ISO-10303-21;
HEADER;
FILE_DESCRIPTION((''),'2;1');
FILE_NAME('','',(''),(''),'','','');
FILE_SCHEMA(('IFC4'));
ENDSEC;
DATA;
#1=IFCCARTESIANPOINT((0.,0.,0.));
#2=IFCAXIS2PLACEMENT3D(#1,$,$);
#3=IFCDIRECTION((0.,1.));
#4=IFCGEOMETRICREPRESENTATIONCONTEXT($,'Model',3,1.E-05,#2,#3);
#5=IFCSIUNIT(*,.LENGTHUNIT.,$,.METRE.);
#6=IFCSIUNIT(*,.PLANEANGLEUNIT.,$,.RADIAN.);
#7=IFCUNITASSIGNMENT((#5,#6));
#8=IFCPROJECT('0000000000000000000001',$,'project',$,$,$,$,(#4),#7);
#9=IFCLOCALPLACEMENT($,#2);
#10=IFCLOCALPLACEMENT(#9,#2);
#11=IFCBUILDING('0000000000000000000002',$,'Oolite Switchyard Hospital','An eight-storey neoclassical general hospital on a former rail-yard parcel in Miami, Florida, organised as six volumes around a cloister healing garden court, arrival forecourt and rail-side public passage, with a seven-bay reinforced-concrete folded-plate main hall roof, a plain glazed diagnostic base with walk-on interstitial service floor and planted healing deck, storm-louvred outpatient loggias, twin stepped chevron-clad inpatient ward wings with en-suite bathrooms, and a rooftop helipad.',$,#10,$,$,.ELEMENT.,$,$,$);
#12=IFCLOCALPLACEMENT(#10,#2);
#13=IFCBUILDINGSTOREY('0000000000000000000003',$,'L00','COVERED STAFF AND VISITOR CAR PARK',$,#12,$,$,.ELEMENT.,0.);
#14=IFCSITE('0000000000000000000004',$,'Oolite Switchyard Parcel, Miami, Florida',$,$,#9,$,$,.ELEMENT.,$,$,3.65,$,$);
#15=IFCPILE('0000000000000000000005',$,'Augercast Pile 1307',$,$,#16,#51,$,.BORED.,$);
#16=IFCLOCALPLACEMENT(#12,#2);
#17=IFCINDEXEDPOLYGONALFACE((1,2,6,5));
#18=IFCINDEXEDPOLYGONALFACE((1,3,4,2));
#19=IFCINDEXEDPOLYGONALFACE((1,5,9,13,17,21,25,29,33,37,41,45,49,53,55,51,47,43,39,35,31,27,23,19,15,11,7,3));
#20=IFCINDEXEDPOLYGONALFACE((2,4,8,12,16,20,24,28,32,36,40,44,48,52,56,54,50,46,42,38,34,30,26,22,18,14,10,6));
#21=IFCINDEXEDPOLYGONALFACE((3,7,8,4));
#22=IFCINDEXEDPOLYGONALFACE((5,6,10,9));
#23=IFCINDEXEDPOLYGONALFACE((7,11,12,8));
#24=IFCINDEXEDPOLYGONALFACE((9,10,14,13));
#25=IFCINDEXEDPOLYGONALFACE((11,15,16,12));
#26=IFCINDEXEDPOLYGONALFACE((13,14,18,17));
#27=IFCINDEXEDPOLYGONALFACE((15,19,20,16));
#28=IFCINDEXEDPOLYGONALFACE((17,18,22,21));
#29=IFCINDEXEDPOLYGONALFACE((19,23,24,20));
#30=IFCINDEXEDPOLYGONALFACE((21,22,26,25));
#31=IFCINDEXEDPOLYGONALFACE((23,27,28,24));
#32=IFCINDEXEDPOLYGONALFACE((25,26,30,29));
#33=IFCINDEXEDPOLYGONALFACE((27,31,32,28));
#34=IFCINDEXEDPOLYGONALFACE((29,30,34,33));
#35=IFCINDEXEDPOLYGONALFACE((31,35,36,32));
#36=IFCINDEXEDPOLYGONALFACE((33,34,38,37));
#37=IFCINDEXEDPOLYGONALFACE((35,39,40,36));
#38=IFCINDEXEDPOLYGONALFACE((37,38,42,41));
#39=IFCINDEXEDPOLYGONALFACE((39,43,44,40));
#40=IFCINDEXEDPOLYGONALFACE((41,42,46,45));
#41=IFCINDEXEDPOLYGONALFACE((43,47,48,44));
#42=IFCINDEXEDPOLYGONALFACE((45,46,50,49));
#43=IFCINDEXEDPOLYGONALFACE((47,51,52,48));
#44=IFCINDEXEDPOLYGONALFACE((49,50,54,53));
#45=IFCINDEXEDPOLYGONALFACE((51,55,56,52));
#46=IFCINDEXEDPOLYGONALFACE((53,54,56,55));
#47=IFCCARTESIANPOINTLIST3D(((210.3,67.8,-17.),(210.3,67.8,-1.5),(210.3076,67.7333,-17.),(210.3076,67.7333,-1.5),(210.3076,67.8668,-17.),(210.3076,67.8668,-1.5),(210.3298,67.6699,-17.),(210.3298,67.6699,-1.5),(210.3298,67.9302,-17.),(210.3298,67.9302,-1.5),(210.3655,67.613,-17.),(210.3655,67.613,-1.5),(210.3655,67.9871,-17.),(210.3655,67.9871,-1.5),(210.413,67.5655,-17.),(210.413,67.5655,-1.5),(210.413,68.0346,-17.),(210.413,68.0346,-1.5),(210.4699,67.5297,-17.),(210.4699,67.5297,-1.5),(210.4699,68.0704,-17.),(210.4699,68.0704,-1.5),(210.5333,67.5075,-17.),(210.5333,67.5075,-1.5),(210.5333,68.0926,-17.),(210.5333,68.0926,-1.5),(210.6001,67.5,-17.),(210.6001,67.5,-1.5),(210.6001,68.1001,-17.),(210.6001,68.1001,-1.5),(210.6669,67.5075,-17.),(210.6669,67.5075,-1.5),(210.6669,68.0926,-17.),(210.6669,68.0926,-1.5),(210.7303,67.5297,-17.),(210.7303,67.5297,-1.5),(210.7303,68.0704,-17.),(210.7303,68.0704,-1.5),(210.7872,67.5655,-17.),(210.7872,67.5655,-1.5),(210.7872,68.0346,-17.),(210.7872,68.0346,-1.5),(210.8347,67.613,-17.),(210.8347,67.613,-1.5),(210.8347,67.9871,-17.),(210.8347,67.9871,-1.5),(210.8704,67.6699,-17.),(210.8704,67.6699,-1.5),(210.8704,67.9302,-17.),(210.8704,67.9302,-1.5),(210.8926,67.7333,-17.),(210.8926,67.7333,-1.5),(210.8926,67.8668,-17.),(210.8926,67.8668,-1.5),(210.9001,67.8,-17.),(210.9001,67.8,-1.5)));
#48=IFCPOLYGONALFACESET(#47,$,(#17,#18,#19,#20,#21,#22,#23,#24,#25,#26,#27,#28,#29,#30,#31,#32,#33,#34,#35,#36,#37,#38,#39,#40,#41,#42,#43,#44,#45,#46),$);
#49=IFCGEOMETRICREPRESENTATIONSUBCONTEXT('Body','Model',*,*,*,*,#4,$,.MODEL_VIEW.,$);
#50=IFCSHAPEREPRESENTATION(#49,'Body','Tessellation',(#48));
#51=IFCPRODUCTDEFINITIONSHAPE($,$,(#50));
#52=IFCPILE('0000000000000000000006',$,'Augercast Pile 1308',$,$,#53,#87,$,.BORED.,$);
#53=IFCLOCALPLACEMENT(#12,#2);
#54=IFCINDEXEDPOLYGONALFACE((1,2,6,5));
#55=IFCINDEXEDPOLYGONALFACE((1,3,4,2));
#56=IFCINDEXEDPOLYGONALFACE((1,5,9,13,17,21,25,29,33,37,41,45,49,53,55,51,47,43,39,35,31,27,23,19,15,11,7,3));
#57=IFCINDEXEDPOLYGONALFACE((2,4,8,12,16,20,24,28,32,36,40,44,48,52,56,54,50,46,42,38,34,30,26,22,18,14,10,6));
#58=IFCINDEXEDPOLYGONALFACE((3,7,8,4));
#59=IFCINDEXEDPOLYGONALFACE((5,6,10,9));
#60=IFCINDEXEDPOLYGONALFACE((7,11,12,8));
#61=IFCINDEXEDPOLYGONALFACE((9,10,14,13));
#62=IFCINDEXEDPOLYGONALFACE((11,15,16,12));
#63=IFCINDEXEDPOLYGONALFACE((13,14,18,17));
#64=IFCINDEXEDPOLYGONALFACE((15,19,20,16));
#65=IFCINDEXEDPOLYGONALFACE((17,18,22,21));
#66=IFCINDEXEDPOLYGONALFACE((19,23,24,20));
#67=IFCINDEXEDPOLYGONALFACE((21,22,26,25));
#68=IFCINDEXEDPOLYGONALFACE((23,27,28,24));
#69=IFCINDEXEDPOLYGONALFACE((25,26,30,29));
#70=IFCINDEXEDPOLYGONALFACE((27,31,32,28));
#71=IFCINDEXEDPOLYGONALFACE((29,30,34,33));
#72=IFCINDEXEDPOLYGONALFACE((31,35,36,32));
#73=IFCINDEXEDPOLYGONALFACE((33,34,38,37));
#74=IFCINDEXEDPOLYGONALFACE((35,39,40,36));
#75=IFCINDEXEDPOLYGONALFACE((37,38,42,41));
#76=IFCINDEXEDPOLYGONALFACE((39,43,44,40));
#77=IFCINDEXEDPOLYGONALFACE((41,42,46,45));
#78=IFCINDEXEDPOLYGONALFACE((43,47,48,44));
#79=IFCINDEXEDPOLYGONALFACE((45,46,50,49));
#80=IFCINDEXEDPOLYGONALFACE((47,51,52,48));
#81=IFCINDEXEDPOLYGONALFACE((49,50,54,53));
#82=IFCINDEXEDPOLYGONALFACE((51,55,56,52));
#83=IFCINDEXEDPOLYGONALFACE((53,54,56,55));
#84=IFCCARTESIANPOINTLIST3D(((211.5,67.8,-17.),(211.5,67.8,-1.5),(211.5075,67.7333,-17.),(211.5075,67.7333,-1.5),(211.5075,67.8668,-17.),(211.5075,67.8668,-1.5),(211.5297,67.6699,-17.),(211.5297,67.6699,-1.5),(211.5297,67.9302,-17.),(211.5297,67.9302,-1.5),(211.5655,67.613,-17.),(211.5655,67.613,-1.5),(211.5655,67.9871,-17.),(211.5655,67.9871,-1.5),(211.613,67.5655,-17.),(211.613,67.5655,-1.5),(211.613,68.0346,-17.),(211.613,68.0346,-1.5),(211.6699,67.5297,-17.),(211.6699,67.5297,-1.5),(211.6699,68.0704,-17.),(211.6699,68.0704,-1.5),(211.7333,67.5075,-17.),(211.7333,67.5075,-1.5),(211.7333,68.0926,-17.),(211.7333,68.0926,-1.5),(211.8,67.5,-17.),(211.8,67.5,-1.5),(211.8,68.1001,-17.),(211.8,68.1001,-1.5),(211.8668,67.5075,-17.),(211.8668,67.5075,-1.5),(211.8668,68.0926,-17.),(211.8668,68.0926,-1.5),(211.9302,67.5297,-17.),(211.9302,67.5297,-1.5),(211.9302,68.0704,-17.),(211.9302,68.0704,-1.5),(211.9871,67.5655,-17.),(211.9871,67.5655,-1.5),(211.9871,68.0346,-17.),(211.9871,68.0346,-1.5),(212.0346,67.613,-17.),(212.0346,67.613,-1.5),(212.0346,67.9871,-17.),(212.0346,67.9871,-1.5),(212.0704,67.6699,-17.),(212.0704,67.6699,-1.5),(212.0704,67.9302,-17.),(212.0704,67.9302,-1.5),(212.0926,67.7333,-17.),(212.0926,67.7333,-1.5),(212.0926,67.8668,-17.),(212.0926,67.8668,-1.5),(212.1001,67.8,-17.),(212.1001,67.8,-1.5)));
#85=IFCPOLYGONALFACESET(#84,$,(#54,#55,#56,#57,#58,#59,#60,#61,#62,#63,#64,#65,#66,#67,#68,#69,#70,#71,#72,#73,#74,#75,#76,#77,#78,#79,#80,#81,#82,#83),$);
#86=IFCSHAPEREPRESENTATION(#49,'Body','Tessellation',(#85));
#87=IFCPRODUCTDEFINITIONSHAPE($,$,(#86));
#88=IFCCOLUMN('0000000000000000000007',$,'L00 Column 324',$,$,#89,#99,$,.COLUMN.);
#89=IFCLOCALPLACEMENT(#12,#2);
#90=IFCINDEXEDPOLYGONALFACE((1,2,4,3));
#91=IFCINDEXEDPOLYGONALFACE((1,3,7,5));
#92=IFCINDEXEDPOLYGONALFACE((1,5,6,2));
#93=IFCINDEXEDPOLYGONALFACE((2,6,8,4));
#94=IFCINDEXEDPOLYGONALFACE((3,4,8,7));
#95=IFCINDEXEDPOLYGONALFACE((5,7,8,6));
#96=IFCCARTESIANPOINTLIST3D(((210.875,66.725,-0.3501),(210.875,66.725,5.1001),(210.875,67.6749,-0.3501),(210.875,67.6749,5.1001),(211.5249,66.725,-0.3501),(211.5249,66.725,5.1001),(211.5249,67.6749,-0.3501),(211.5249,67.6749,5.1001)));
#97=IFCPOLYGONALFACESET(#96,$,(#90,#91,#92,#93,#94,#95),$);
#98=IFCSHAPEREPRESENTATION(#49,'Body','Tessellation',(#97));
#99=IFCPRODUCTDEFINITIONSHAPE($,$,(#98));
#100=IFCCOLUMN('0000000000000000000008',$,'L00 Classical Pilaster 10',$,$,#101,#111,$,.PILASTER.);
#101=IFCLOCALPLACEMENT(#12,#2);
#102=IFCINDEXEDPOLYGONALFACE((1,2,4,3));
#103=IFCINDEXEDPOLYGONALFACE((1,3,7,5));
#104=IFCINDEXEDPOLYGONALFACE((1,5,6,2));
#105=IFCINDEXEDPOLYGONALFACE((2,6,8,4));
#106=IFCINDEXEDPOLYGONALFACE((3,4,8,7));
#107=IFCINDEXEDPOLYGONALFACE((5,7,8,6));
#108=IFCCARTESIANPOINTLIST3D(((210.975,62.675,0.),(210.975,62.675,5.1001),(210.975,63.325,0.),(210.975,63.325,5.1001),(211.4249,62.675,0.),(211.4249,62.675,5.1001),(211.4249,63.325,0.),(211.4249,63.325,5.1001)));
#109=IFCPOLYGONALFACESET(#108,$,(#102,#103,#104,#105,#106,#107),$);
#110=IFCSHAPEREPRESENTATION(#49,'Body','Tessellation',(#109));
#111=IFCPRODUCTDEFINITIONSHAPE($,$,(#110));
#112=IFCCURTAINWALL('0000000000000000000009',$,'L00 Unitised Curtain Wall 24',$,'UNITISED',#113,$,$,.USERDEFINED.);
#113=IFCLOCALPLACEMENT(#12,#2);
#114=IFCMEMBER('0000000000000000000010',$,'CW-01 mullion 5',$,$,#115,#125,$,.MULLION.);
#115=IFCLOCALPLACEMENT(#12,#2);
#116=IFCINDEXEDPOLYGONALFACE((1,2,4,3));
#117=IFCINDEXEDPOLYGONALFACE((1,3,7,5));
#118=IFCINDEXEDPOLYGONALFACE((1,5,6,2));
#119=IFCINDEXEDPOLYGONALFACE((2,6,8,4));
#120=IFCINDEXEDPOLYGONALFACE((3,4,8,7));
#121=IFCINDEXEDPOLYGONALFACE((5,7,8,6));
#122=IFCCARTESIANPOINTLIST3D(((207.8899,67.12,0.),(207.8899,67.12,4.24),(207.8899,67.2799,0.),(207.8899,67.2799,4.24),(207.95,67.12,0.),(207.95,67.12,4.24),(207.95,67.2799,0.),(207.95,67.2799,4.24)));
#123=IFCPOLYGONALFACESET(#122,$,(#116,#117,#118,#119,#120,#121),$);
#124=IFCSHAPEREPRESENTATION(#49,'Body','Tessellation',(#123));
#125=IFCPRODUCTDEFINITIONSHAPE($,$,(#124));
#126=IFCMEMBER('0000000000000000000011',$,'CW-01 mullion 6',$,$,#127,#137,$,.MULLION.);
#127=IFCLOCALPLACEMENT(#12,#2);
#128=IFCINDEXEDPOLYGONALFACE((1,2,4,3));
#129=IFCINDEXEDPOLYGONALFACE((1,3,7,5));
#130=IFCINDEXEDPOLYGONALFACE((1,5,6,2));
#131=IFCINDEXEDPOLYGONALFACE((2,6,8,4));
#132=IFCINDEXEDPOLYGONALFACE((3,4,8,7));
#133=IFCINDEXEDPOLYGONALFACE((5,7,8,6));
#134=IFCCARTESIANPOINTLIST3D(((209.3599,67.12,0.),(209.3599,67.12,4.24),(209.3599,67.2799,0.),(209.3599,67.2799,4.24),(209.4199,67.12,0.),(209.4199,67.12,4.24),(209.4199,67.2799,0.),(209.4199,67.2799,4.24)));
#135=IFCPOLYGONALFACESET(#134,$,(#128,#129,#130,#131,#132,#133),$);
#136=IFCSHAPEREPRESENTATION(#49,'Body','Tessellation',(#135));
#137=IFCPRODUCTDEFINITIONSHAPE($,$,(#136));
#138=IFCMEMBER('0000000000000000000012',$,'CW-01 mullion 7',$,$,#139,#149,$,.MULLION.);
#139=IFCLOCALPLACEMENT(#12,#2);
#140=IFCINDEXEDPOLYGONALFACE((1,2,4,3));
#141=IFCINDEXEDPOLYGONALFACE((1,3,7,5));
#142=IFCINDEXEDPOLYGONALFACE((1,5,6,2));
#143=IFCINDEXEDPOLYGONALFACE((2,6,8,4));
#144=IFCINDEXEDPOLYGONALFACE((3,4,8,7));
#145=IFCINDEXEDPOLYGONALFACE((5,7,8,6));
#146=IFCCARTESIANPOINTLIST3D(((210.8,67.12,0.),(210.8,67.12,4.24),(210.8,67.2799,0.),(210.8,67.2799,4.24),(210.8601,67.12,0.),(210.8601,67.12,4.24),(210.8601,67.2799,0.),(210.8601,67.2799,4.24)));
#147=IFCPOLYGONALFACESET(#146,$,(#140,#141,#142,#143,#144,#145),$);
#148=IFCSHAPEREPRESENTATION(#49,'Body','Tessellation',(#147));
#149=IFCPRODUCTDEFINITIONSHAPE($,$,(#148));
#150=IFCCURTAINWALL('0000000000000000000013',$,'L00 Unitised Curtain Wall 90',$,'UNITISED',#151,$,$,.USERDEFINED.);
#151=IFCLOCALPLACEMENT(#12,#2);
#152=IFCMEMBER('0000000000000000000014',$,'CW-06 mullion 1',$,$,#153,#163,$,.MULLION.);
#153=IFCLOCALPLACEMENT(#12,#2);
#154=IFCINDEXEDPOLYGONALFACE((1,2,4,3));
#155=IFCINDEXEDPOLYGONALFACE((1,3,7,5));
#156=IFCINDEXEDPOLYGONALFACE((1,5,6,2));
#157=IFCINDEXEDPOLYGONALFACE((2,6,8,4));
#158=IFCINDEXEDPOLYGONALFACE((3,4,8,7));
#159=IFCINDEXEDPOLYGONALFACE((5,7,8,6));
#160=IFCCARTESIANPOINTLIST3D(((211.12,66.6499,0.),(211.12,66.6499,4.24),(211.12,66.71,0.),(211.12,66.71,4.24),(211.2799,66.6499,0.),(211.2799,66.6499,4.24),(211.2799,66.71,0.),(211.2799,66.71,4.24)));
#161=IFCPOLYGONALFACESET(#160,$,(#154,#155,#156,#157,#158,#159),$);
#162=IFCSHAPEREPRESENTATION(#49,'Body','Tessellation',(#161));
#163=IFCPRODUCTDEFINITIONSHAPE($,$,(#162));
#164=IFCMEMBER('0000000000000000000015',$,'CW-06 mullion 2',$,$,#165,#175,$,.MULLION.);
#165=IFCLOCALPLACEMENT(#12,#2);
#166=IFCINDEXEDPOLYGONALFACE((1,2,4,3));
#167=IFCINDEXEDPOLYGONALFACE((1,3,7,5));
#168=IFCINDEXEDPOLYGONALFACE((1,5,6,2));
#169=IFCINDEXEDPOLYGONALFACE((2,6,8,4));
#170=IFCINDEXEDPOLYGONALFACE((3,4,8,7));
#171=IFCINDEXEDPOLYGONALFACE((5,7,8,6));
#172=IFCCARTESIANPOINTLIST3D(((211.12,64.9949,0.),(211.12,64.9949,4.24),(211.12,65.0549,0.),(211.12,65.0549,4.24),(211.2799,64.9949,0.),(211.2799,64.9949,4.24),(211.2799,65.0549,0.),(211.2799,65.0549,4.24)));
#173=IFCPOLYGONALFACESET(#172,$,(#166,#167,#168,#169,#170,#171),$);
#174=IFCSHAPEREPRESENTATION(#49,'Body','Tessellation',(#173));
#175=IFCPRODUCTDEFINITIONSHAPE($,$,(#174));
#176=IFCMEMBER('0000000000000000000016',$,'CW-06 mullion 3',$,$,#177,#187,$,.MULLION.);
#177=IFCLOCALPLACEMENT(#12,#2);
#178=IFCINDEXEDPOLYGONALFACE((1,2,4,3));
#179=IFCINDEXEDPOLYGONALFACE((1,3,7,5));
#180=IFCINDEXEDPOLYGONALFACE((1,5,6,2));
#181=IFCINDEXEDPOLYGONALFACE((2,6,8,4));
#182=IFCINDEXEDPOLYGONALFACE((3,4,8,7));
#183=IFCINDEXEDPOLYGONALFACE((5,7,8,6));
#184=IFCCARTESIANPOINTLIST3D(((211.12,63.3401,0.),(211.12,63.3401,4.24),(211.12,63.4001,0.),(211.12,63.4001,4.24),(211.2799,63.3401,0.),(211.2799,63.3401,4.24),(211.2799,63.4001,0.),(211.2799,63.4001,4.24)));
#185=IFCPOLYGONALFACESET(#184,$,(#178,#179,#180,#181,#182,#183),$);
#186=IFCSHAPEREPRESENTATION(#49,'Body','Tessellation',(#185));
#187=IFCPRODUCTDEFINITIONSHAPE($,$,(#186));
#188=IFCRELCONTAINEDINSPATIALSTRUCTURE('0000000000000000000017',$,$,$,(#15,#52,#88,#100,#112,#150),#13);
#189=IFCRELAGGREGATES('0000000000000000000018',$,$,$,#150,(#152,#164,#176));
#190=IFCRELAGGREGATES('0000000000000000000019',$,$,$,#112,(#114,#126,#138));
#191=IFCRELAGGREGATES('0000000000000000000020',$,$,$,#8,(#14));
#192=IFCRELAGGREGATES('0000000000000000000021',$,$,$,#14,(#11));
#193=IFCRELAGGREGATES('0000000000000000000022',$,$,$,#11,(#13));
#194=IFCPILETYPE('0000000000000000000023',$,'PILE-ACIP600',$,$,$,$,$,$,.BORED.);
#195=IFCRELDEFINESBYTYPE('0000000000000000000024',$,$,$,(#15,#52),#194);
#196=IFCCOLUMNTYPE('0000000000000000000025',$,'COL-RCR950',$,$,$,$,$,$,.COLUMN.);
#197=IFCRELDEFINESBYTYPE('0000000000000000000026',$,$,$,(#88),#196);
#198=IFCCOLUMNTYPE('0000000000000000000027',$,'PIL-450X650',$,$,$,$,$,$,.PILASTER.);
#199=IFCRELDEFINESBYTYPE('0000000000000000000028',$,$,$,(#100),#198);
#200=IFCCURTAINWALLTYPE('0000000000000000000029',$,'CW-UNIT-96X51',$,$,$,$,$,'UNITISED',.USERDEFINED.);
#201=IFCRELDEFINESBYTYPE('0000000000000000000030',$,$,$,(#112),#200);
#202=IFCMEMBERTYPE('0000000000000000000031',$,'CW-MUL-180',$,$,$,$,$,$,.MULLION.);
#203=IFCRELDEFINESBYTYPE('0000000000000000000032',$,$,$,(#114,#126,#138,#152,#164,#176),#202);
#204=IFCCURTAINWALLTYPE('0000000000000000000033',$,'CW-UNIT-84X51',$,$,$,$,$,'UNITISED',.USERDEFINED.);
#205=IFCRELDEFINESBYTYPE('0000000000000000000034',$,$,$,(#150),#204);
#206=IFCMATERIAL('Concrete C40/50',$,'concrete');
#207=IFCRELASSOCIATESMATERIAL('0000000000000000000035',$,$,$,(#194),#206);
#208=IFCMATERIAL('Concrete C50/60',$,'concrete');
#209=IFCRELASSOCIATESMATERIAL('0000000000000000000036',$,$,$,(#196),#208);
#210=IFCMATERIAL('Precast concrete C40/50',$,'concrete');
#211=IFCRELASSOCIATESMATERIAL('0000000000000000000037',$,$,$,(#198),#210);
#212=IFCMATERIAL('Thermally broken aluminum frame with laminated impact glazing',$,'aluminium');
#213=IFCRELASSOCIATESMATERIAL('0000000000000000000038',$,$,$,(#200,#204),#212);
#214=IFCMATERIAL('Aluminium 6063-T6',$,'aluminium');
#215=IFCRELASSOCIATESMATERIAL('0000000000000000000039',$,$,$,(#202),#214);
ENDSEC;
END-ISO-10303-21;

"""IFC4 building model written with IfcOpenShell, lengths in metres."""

from ifc_helpers import new_model, si_unit, direction, frame, origin, origin_2d, place, context, subcontext, project, spatial, rectangle, circle, extrude, material, material_profile, profile_set, type_object, element, aggregate, save


model = new_model("IFC4")

# Units and contexts
model_context = context("Model", 3, precision=1e-05, world=origin(), true_north=direction((0.0, 1.0)))
body_context = subcontext(model_context, "Body", "Model", "MODEL_VIEW")
ifc_project = project(units=[si_unit("LENGTHUNIT", "METRE"), si_unit("PLANEANGLEUNIT", "RADIAN")], contexts=[model_context])

# Site, building, storey
site_placement = place(None, origin())
site = spatial("IfcSite", under=ifc_project, at=site_placement, Name="Oolite Switchyard Parcel, Miami, Florida", CompositionType="ELEMENT", RefElevation=3.65)
building_placement = place(site_placement, origin())
building = spatial("IfcBuilding", under=site, at=building_placement, Name="Oolite Switchyard Hospital", Description="An eight-storey neoclassical general hospital on a former rail-yard parcel in Miami, Florida, organised as six volumes around a cloister healing garden court, arrival forecourt and rail-side public passage, with a seven-bay reinforced-concrete folded-plate main hall roof, a plain glazed diagnostic base with walk-on interstitial service floor and planted healing deck, storm-louvred outpatient loggias, twin stepped chevron-clad inpatient ward wings with en-suite bathrooms, and a rooftop helipad.", CompositionType="ELEMENT")
storey_placement = place(building_placement, origin())
storey = spatial("IfcBuildingStorey", under=building, at=storey_placement, Name="L00", Description="COVERED STAFF AND VISITOR CAR PARK", CompositionType="ELEMENT", Elevation=0.0)

# Shared definitions
ifc_material_1 = material(Name="Concrete C40/50", Category="concrete")

# Piles
ifc_material_profile_1 = material_profile(ifc_material_1, circle(Radius=0.3, at=origin_2d()), Name="PILE600")
ifc_profile_set_1 = profile_set([ifc_material_profile_1], Name="Concrete C40/50")
pile_type = type_object("IfcPileType", Name="PILE-ACIP600", PredefinedType="BORED", material=ifc_profile_set_1)
for number, where, z_axis, x_axis, name in (
    (1, (210.6001, 67.8, -1.5), (0.0, 0.0, -1.0), (1.0, 0.0, 0.0), "Augercast Pile 1307"),
    (2, (211.8, 67.8, -1.5), (0.0, 0.0, -1.0), (1.0, 0.0, 0.0), "Augercast Pile 1308"),
):
    element("IfcPile", number, at=place(storey_placement, frame(where, z_axis=z_axis, x_axis=x_axis)), inside=storey, type_object=pile_type, Name=name, PredefinedType="BORED", context=body_context, shape_type="SweptSolid", body=[
        extrude(circle(Radius=0.3, at=origin_2d()), origin(), (0.0, 0.0, 1.0), 15.5),
    ])

# Columns
ifc_material_2 = material(Name="Concrete C50/60", Category="concrete")
ifc_material_profile_2 = material_profile(ifc_material_2, rectangle(XDim=0.95, YDim=0.6499, at=origin_2d()), Name="RC950X650")
ifc_profile_set_2 = profile_set([ifc_material_profile_2], Name="Concrete C50/60")
column_type_1 = type_object("IfcColumnType", Name="COL-RCR950", PredefinedType="COLUMN", material=ifc_profile_set_2)
column_1_placement = place(storey_placement, frame((211.2, 67.2, -0.3501), z_axis=(0.0, 0.0, 1.0), x_axis=(0.0, 1.0, 0.0)))
element("IfcColumn", 3, at=column_1_placement, inside=storey, type_object=column_type_1, Name="L00 Column 324", PredefinedType="COLUMN", context=body_context, shape_type="SweptSolid", body=[
    extrude(rectangle(XDim=0.95, YDim=0.6499, at=origin_2d()), origin(), (0.0, 0.0, 1.0), 5.4502),
])
ifc_material_3 = material(Name="Precast concrete C40/50", Category="concrete")
ifc_material_profile_3 = material_profile(ifc_material_3, rectangle(XDim=0.45, YDim=0.6499, at=origin_2d()), Name="PIL450X650")
ifc_profile_set_3 = profile_set([ifc_material_profile_3], Name="Precast concrete C40/50")
column_type_2 = type_object("IfcColumnType", Name="PIL-450X650", PredefinedType="PILASTER", material=ifc_profile_set_3)
column_2_placement = place(storey_placement, frame((211.2, 63.0, 0.0), z_axis=(0.0, 0.0, 1.0), x_axis=(1.0, 0.0, 0.0)))
element("IfcColumn", 4, at=column_2_placement, inside=storey, type_object=column_type_2, Name="L00 Classical Pilaster 10", PredefinedType="PILASTER", context=body_context, shape_type="SweptSolid", body=[
    extrude(rectangle(XDim=0.45, YDim=0.6499, at=origin_2d()), origin(), (0.0, 0.0, 1.0), 5.1001),
])

# Curtain walls, members
ifc_material_4 = material(Name="Thermally broken aluminum frame with laminated impact glazing", Category="aluminium")
curtain_wall_type_1 = type_object("IfcCurtainWallType", Name="CW-UNIT-96X51", ElementType="UNITISED", PredefinedType="USERDEFINED", material=ifc_material_4)
curtain_wall_1_placement = place(storey_placement, origin())
curtain_wall_1 = element("IfcCurtainWall", 5, at=curtain_wall_1_placement, inside=storey, type_object=curtain_wall_type_1, Name="L00 Unitised Curtain Wall 24", ObjectType="UNITISED", PredefinedType="USERDEFINED")
ifc_material_5 = material(Name="Aluminium 6063-T6", Category="aluminium")
ifc_material_profile_4 = material_profile(ifc_material_5, rectangle(XDim=0.1599, YDim=0.0601, at=origin_2d()), Name="CWM60X160")
ifc_profile_set_4 = profile_set([ifc_material_profile_4], Name="Aluminium 6063-T6")
member_type_1 = type_object("IfcMemberType", Name="CW-MUL-180", PredefinedType="MULLION", material=ifc_profile_set_4)
member_1_placement = place(storey_placement, frame((207.9199, 67.2, 0.0), z_axis=(0.0, 0.0, 1.0), x_axis=(0.0, 1.0, 0.0)))
member_1 = element("IfcMember", 6, at=member_1_placement, type_object=member_type_1, Name="CW-01 mullion 5", PredefinedType="MULLION", context=body_context, shape_type="SweptSolid", body=[
    extrude(rectangle(XDim=0.1599, YDim=0.0601, at=origin_2d()), origin(), (0.0, 0.0, 1.0), 4.24),
])
member_2_placement = place(storey_placement, frame((209.3899, 67.2, 0.0), z_axis=(0.0, 0.0, 1.0), x_axis=(0.0, 1.0, 0.0)))
member_2 = element("IfcMember", 7, at=member_2_placement, type_object=member_type_1, Name="CW-01 mullion 6", PredefinedType="MULLION", context=body_context, shape_type="SweptSolid", body=[
    extrude(rectangle(XDim=0.1599, YDim=0.0601, at=origin_2d()), origin(), (0.0, 0.0, 1.0), 4.24),
])
member_3_placement = place(storey_placement, frame((210.8301, 67.2, 0.0), z_axis=(0.0, 0.0, 1.0), x_axis=(0.0, 1.0, 0.0)))
member_3 = element("IfcMember", 8, at=member_3_placement, type_object=member_type_1, Name="CW-01 mullion 7", PredefinedType="MULLION", context=body_context, shape_type="SweptSolid", body=[
    extrude(rectangle(XDim=0.1599, YDim=0.0601, at=origin_2d()), origin(), (0.0, 0.0, 1.0), 4.24),
])
curtain_wall_type_2 = type_object("IfcCurtainWallType", Name="CW-UNIT-84X51", ElementType="UNITISED", PredefinedType="USERDEFINED", material=ifc_material_4)
curtain_wall_2_placement = place(storey_placement, origin())
curtain_wall_2 = element("IfcCurtainWall", 9, at=curtain_wall_2_placement, inside=storey, type_object=curtain_wall_type_2, Name="L00 Unitised Curtain Wall 90", ObjectType="UNITISED", PredefinedType="USERDEFINED")
member_4_placement = place(storey_placement, frame((211.2, 66.6799, 0.0), z_axis=(0.0, 0.0, 1.0), x_axis=(1.0, 0.0, 0.0)))
member_4 = element("IfcMember", 10, at=member_4_placement, type_object=member_type_1, Name="CW-06 mullion 1", PredefinedType="MULLION", context=body_context, shape_type="SweptSolid", body=[
    extrude(rectangle(XDim=0.1599, YDim=0.0601, at=origin_2d()), origin(), (0.0, 0.0, 1.0), 4.24),
])
member_5_placement = place(storey_placement, frame((211.2, 65.0249, 0.0), z_axis=(0.0, 0.0, 1.0), x_axis=(1.0, 0.0, 0.0)))
member_5 = element("IfcMember", 11, at=member_5_placement, type_object=member_type_1, Name="CW-06 mullion 2", PredefinedType="MULLION", context=body_context, shape_type="SweptSolid", body=[
    extrude(rectangle(XDim=0.1599, YDim=0.0601, at=origin_2d()), origin(), (0.0, 0.0, 1.0), 4.24),
])
member_6_placement = place(storey_placement, frame((211.2, 63.3701, 0.0), z_axis=(0.0, 0.0, 1.0), x_axis=(1.0, 0.0, 0.0)))
member_6 = element("IfcMember", 12, at=member_6_placement, type_object=member_type_1, Name="CW-06 mullion 3", PredefinedType="MULLION", context=body_context, shape_type="SweptSolid", body=[
    extrude(rectangle(XDim=0.1599, YDim=0.0601, at=origin_2d()), origin(), (0.0, 0.0, 1.0), 4.24),
])

aggregate(curtain_wall_2, [member_4, member_5, member_6])
aggregate(curtain_wall_1, [member_1, member_2, member_3])

save(model, "model.ifc")
